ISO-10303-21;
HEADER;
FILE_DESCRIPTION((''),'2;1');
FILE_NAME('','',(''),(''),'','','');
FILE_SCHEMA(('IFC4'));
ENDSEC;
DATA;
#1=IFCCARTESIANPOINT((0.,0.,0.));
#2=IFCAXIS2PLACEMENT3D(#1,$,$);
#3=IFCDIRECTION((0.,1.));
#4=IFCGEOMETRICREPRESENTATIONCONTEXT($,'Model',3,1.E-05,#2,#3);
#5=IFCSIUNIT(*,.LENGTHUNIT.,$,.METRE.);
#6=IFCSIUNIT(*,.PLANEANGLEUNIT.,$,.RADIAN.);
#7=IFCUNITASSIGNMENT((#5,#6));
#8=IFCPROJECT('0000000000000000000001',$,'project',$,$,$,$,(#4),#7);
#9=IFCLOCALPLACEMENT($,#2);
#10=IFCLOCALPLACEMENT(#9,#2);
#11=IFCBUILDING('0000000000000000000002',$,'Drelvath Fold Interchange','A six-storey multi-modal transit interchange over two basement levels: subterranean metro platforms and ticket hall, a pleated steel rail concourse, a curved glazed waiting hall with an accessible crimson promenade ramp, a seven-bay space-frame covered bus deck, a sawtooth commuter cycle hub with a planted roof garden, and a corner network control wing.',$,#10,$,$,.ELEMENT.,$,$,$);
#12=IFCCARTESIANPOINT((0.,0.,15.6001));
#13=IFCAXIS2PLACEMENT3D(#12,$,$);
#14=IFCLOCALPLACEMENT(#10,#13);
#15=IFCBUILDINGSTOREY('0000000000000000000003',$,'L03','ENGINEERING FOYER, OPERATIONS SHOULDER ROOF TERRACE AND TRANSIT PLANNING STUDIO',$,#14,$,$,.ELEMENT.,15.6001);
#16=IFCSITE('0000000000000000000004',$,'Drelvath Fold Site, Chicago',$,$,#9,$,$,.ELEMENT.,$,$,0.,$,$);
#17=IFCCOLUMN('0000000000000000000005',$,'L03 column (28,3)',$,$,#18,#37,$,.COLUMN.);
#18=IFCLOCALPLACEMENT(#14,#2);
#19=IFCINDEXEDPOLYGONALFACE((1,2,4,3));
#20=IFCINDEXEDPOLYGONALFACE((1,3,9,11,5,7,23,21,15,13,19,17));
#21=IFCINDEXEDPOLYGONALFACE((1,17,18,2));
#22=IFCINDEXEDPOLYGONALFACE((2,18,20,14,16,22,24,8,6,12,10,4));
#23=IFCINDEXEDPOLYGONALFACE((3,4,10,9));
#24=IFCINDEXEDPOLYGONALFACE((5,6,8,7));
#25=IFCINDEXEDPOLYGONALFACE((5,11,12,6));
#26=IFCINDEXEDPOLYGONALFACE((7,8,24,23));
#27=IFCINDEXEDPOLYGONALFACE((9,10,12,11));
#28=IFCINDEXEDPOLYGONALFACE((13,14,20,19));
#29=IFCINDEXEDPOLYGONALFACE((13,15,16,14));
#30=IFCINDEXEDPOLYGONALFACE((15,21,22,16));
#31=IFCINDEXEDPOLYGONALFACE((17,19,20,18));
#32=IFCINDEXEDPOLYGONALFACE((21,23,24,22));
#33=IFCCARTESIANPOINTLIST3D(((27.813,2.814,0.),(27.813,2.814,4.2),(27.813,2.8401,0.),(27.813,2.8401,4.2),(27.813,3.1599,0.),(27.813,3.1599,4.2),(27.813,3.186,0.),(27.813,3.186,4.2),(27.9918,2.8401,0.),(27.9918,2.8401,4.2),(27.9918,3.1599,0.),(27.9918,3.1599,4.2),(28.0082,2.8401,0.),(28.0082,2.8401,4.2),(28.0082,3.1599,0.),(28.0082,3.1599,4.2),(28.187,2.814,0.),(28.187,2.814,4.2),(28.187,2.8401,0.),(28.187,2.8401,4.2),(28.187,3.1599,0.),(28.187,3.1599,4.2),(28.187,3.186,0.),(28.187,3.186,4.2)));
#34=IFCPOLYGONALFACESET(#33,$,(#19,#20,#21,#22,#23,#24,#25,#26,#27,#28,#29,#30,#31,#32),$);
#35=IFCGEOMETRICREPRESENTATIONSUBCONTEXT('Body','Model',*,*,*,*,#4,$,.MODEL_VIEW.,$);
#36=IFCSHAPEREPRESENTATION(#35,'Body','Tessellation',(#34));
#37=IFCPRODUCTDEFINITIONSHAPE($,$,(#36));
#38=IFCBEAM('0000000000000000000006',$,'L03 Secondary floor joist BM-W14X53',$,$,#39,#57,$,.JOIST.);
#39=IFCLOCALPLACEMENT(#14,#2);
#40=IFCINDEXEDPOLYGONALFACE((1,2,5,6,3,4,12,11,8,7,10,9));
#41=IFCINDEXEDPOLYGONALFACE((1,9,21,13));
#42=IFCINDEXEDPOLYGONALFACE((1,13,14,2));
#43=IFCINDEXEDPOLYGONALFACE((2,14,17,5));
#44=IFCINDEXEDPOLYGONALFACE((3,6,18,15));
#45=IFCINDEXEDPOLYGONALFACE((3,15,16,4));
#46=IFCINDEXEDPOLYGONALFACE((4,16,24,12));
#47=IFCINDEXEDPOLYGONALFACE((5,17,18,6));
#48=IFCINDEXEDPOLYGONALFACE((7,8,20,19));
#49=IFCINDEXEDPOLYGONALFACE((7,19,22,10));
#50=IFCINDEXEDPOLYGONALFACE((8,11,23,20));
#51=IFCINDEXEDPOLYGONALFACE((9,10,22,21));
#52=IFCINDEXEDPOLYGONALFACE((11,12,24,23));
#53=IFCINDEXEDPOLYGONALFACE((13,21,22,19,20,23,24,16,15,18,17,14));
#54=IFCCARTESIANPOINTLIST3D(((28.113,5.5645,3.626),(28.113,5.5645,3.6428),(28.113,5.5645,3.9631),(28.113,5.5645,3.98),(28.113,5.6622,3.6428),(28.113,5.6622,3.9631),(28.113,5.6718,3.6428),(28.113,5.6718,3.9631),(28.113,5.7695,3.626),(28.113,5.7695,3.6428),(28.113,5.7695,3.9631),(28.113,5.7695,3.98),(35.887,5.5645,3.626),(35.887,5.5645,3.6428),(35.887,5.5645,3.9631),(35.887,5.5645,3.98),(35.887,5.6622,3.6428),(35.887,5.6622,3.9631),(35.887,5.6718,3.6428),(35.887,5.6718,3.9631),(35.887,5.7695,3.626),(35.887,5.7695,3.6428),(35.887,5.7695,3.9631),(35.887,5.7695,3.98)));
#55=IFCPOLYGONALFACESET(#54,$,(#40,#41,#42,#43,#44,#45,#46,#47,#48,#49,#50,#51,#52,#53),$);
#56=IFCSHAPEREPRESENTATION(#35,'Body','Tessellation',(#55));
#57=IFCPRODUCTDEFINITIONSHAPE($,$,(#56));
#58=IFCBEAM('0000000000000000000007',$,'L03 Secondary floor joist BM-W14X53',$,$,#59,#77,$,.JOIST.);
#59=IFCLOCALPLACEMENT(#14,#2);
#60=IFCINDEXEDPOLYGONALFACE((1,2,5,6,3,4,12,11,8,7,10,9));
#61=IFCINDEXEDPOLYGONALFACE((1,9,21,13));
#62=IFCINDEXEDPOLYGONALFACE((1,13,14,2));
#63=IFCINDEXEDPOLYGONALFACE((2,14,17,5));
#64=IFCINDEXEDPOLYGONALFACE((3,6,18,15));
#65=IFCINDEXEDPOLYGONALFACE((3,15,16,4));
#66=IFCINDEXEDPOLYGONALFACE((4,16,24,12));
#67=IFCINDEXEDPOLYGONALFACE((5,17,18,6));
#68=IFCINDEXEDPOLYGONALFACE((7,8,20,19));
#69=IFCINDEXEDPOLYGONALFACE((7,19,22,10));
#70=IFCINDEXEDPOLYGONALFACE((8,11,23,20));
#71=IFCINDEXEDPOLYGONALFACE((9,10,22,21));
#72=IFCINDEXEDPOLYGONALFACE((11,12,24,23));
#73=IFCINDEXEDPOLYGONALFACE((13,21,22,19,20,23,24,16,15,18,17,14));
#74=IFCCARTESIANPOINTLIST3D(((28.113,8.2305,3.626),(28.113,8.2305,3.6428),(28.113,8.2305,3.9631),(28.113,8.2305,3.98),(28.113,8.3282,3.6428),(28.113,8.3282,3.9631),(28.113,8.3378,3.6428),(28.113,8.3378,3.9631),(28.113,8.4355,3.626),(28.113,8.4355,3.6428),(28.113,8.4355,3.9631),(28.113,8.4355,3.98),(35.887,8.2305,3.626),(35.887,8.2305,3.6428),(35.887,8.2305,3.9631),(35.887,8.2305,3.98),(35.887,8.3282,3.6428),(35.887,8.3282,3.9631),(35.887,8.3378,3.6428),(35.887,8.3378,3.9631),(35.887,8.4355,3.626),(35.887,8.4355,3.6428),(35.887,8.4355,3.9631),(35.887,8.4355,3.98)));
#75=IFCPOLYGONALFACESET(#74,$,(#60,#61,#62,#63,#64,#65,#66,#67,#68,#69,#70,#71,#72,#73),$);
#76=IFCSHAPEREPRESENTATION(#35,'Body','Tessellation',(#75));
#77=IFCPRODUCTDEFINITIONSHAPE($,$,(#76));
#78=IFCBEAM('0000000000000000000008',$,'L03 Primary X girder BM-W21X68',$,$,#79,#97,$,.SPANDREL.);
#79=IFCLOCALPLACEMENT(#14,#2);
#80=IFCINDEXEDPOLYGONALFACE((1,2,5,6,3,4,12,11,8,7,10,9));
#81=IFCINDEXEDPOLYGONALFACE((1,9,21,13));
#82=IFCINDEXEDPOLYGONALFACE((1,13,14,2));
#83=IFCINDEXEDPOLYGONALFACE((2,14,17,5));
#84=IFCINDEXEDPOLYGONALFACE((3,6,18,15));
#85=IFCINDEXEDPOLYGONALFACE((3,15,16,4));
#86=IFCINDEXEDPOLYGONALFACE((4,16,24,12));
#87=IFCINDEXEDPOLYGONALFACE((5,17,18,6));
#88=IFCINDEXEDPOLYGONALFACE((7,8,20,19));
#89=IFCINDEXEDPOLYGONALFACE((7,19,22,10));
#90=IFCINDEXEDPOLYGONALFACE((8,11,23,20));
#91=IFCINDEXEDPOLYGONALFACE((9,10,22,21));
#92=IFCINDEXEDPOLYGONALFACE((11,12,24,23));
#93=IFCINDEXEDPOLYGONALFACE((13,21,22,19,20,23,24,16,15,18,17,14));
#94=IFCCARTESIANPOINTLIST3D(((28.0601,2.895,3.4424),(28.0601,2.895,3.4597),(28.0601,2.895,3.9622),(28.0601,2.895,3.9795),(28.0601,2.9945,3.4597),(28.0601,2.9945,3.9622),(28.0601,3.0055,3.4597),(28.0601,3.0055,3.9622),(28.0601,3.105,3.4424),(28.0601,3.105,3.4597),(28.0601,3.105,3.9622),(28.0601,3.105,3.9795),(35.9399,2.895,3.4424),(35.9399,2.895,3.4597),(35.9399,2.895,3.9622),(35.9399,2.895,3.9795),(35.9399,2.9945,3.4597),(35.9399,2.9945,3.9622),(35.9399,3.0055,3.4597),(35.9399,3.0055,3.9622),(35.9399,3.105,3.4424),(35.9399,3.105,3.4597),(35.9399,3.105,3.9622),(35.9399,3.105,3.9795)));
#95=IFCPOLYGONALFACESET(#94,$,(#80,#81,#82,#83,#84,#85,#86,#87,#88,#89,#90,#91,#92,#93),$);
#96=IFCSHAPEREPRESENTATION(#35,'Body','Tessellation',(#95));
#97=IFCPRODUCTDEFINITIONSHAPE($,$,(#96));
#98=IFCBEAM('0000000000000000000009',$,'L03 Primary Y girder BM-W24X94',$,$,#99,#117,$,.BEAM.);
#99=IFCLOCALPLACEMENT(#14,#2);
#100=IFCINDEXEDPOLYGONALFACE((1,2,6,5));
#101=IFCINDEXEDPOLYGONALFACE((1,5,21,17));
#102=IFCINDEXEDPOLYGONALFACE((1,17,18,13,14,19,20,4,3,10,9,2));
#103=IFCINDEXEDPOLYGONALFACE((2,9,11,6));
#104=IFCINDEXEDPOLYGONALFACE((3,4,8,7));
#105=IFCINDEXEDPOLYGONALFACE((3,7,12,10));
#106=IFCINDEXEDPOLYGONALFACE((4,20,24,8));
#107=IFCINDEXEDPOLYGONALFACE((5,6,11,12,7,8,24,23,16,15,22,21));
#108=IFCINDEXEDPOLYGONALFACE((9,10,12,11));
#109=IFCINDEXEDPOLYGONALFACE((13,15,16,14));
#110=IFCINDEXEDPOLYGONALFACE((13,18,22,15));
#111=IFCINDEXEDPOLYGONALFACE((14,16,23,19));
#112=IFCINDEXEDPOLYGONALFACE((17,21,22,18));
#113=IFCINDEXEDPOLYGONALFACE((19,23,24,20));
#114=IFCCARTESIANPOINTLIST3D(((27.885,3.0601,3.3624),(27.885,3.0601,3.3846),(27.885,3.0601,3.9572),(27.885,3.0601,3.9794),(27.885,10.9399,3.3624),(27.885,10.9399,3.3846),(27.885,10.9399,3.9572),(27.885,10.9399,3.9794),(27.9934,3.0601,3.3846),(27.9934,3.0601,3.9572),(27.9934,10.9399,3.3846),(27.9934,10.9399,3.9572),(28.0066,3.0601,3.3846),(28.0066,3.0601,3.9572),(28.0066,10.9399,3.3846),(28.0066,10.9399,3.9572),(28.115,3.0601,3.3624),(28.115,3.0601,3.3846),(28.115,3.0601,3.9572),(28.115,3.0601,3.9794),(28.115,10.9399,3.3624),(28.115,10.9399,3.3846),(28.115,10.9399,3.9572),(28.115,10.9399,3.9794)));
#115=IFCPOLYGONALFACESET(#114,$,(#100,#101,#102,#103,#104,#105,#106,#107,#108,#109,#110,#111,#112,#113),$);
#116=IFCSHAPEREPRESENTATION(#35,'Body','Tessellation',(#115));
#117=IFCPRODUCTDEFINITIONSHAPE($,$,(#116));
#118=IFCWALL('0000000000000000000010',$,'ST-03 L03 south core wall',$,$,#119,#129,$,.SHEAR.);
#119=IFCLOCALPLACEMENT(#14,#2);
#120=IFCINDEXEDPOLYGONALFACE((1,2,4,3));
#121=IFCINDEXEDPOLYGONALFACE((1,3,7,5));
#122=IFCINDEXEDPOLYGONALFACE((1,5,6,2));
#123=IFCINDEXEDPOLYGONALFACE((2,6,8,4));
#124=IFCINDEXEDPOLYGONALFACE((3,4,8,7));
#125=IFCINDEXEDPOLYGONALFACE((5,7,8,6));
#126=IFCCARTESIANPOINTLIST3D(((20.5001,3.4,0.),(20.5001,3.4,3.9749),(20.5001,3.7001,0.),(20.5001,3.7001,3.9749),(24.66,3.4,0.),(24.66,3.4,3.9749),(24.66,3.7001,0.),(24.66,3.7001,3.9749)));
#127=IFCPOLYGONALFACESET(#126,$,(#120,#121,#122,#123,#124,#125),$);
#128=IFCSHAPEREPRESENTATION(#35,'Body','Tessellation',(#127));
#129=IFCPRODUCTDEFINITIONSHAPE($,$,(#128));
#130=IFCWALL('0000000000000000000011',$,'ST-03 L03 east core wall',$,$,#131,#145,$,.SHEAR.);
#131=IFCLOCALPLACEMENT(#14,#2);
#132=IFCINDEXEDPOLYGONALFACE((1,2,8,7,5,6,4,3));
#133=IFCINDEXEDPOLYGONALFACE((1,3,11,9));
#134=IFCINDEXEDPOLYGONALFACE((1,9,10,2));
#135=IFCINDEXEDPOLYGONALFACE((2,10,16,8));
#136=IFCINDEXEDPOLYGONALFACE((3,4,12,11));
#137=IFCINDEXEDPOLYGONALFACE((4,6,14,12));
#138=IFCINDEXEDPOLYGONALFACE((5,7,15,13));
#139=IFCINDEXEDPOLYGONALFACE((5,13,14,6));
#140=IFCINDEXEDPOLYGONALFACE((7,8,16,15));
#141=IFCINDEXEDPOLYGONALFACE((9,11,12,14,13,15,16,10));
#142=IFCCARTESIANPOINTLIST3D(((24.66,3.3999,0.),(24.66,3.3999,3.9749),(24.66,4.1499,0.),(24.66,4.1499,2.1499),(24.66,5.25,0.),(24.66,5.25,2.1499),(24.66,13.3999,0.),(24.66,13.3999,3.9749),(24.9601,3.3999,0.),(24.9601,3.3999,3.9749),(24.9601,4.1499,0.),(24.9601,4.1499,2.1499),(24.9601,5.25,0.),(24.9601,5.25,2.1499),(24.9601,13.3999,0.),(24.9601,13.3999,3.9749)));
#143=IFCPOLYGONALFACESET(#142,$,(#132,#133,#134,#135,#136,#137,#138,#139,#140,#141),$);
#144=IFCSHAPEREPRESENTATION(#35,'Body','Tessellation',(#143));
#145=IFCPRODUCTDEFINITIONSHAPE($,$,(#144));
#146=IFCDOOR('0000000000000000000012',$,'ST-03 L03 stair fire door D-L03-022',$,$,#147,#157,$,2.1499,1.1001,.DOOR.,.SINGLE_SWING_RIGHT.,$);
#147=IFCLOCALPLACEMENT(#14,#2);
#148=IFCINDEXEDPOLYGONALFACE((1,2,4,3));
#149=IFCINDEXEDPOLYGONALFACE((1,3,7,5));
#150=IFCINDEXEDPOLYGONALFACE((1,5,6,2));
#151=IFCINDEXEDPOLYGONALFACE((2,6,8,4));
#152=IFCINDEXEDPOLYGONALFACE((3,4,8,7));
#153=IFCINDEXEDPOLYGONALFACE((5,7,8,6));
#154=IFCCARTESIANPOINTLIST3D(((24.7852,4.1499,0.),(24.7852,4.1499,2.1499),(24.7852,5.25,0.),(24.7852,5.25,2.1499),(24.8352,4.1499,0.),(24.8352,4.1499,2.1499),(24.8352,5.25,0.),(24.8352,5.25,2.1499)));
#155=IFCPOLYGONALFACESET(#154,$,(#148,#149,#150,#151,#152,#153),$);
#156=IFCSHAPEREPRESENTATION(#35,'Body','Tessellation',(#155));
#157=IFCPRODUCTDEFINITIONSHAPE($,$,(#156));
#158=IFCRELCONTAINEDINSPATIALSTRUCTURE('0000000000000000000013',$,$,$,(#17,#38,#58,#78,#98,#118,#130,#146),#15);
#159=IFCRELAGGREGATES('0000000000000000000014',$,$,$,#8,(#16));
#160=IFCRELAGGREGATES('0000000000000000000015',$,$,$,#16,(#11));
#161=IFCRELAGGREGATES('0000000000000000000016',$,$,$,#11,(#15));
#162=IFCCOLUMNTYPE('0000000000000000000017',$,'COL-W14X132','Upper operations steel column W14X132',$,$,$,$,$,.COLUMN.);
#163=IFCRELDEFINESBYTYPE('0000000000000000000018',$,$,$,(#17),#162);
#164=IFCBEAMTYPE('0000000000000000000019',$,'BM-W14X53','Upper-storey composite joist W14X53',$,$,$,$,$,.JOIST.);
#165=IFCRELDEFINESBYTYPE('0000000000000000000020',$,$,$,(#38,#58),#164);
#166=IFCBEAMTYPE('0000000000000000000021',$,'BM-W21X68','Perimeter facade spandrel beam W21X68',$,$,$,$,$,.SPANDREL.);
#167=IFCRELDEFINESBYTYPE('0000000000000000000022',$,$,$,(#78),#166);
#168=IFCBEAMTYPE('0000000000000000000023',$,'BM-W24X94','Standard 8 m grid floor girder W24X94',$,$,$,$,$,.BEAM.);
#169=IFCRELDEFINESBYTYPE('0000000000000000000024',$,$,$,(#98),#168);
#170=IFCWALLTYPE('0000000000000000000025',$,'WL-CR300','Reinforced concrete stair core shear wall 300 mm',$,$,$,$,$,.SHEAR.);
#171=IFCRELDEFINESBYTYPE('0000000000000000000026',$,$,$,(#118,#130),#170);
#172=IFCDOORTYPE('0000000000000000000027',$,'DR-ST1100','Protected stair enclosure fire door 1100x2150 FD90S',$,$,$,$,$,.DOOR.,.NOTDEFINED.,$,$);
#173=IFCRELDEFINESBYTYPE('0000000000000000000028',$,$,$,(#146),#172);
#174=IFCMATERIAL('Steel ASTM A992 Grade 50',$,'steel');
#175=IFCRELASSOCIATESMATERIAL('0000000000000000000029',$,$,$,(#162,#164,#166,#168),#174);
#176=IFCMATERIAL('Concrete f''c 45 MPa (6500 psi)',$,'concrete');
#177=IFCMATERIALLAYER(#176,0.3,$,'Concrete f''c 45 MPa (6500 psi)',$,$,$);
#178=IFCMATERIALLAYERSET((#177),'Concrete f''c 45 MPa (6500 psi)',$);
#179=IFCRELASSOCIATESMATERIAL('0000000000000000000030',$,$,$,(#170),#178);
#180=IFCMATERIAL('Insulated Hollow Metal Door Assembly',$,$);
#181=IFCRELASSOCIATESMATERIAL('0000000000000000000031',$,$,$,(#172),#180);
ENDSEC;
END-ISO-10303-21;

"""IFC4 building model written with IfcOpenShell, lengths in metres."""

from ifc_helpers import new_model, si_unit, direction, frame, frame_2d, origin, origin_2d, place, context, subcontext, project, spatial, rectangle, i_section, extrude, material, layer, layer_set, material_profile, profile_set, type_object, element, fill, save


model = new_model("IFC4")

# Units and contexts
model_context = context("Model", 3, precision=1e-05, world=origin(), true_north=direction((0.0, 1.0)))
body_context = subcontext(model_context, "Body", "Model", "MODEL_VIEW")
ifc_project = project(units=[si_unit("LENGTHUNIT", "METRE"), si_unit("PLANEANGLEUNIT", "RADIAN")], contexts=[model_context])

# Site, building, storey
site_placement = place(None, origin())
site = spatial("IfcSite", under=ifc_project, at=site_placement, Name="Drelvath Fold Site, Chicago", CompositionType="ELEMENT", RefElevation=0.0)
building_placement = place(site_placement, origin())
building = spatial("IfcBuilding", under=site, at=building_placement, Name="Drelvath Fold Interchange", Description="A six-storey multi-modal transit interchange over two basement levels: subterranean metro platforms and ticket hall, a pleated steel rail concourse, a curved glazed waiting hall with an accessible crimson promenade ramp, a seven-bay space-frame covered bus deck, a sawtooth commuter cycle hub with a planted roof garden, and a corner network control wing.", CompositionType="ELEMENT")
storey_placement = place(building_placement, frame((0.0, 0.0, 15.6001)))
storey = spatial("IfcBuildingStorey", under=building, at=storey_placement, Name="L03", Description="ENGINEERING FOYER, OPERATIONS SHOULDER ROOF TERRACE AND TRANSIT PLANNING STUDIO", CompositionType="ELEMENT", Elevation=15.6001)

# Column
ifc_material_1 = material(Name="Steel ASTM A992 Grade 50", Category="steel")
ifc_material_profile_1 = material_profile(ifc_material_1, i_section(OverallWidth=0.374, OverallDepth=0.3721, WebThickness=0.0164, FlangeThickness=0.0261, at=origin_2d()), Name="W14X132")
ifc_profile_set_1 = profile_set([ifc_material_profile_1], Name="Steel ASTM A992 Grade 50")
column_type = type_object("IfcColumnType", Name="COL-W14X132", Description="Upper operations steel column W14X132", PredefinedType="COLUMN", material=ifc_profile_set_1)
column_placement = place(storey_placement, frame((28.0, 3.0, 0.0), z_axis=(0.0, 0.0, 1.0), x_axis=(1.0, 0.0, 0.0)))
element("IfcColumn", 1, at=column_placement, inside=storey, type_object=column_type, Name="L03 column (28,3)", PredefinedType="COLUMN", context=body_context, shape_type="SweptSolid", body=[
    extrude(i_section(OverallWidth=0.374, OverallDepth=0.3721, WebThickness=0.0164, FlangeThickness=0.0261, at=origin_2d()), origin(), (0.0, 0.0, 1.0), 4.2),
])

# Beams
ifc_material_profile_2 = material_profile(ifc_material_1, i_section(OverallWidth=0.2051, OverallDepth=0.354, WebThickness=0.0095, FlangeThickness=0.0168, at=origin_2d()), Name="W14X53")
ifc_profile_set_2 = profile_set([ifc_material_profile_2], Name="Steel ASTM A992 Grade 50")
beam_type_1 = type_object("IfcBeamType", Name="BM-W14X53", Description="Upper-storey composite joist W14X53", PredefinedType="JOIST", material=ifc_profile_set_2)
for number, where, z_axis, x_axis, name in (
    (2, (28.113, 5.667, 3.803), (1.0, 0.0, 0.0), (0.0, 1.0, 0.0), "L03 Secondary floor joist BM-W14X53"),
    (3, (28.113, 8.333, 3.803), (1.0, 0.0, 0.0), (0.0, 1.0, 0.0), "L03 Secondary floor joist BM-W14X53"),
):
    element("IfcBeam", number, at=place(storey_placement, frame(where, z_axis=z_axis, x_axis=x_axis)), inside=storey, type_object=beam_type_1, Name=name, PredefinedType="JOIST", context=body_context, shape_type="SweptSolid", body=[
        extrude(i_section(OverallWidth=0.2051, OverallDepth=0.354, WebThickness=0.0095, FlangeThickness=0.0168, at=origin_2d()), origin(), (0.0, 0.0, 1.0), 7.7739),
    ])
ifc_material_profile_3 = material_profile(ifc_material_1, i_section(OverallWidth=0.21, OverallDepth=0.5371, WebThickness=0.011, FlangeThickness=0.0173, at=origin_2d()), Name="W21X68")
ifc_profile_set_3 = profile_set([ifc_material_profile_3], Name="Steel ASTM A992 Grade 50")
beam_type_2 = type_object("IfcBeamType", Name="BM-W21X68", Description="Perimeter facade spandrel beam W21X68", PredefinedType="SPANDREL", material=ifc_profile_set_3)
beam_1_placement = place(storey_placement, frame((28.0601, 3.0, 3.7109), z_axis=(1.0, 0.0, 0.0), x_axis=(0.0, 1.0, 0.0)))
element("IfcBeam", 4, at=beam_1_placement, inside=storey, type_object=beam_type_2, Name="L03 Primary X girder BM-W21X68", PredefinedType="SPANDREL", context=body_context, shape_type="SweptSolid", body=[
    extrude(i_section(OverallWidth=0.21, OverallDepth=0.5371, WebThickness=0.011, FlangeThickness=0.0173, at=origin_2d()), origin(), (0.0, 0.0, 1.0), 7.8799),
])
ifc_material_profile_4 = material_profile(ifc_material_1, i_section(OverallWidth=0.23, OverallDepth=0.6169, WebThickness=0.0132, FlangeThickness=0.0222, at=origin_2d()), Name="W24X94")
ifc_profile_set_4 = profile_set([ifc_material_profile_4], Name="Steel ASTM A992 Grade 50")
beam_type_3 = type_object("IfcBeamType", Name="BM-W24X94", Description="Standard 8 m grid floor girder W24X94", PredefinedType="BEAM", material=ifc_profile_set_4)
beam_2_placement = place(storey_placement, frame((28.0, 3.0601, 3.6709), z_axis=(0.0, 1.0, 0.0), x_axis=(-1.0, 0.0, 0.0)))
element("IfcBeam", 5, at=beam_2_placement, inside=storey, type_object=beam_type_3, Name="L03 Primary Y girder BM-W24X94", PredefinedType="BEAM", context=body_context, shape_type="SweptSolid", body=[
    extrude(i_section(OverallWidth=0.23, OverallDepth=0.6169, WebThickness=0.0132, FlangeThickness=0.0222, at=origin_2d()), origin(), (0.0, 0.0, 1.0), 7.8799),
])

# Wall
ifc_material_2 = material(Name="Concrete f'c 45 MPa (6500 psi)", Category="concrete")
ifc_layer_1 = layer(ifc_material_2, 0.3, Name="Concrete f'c 45 MPa (6500 psi)")
ifc_layer_set_1 = layer_set([ifc_layer_1], Name="Concrete f'c 45 MPa (6500 psi)")
wall_type_1 = type_object("IfcWallType", Name="WL-CR300", Description="Reinforced concrete stair core shear wall 300 mm", PredefinedType="SHEAR", material=ifc_layer_set_1)
wall_1_placement = place(storey_placement, frame((20.5, 3.55, 0.0), z_axis=(0.0, 0.0, 1.0), x_axis=(1.0, 0.0, 0.0)))
element("IfcWall", 6, at=wall_1_placement, inside=storey, type_object=wall_type_1, Name="ST-03 L03 south core wall", PredefinedType="SHEAR", context=body_context, shape_type="SweptSolid", body=[
    extrude(rectangle(XDim=4.1599, YDim=0.3, at=frame_2d((2.0801, 0.0))), origin(), (0.0, 0.0, 1.0), 3.9749),
])

# Wall, opening, door
wall_2_placement = place(storey_placement, frame((24.8101, 3.3999, 0.0), z_axis=(0.0, 0.0, 1.0), x_axis=(0.0, 1.0, 0.0)))
wall_2 = element("IfcWall", 7, at=wall_2_placement, inside=storey, type_object=wall_type_1, Name="ST-03 L03 east core wall", PredefinedType="SHEAR", context=body_context, shape_type="SweptSolid", body=[
    extrude(rectangle(XDim=10.0, YDim=0.3, at=frame_2d((5.0, 0.0))), origin(), (0.0, 0.0, 1.0), 3.9749),
])
opening_1_placement = place(wall_2_placement, frame((0.75, 0.0, 0.0)))
opening_1 = element("IfcOpeningElement", 8, at=opening_1_placement, cuts=wall_2, PredefinedType="OPENING", context=body_context, shape_type="SweptSolid", body=[
    extrude(rectangle(XDim=1.1001, YDim=2.1499, at=frame_2d((0.55, 1.075))), frame((0.0, 0.1599, 0.0), z_axis=(0.0, -1.0, 0.0), x_axis=(1.0, 0.0, 0.0)), (0.0, 0.0, 1.0), 0.3201),
])
ifc_material_3 = material(Name="Insulated Hollow Metal Door Assembly")
door_type_1 = type_object("IfcDoorType", Name="DR-ST1100", Description="Protected stair enclosure fire door 1100x2150 FD90S", OperationType="NOTDEFINED", PredefinedType="DOOR", material=ifc_material_3)
door_1_placement = place(opening_1_placement, origin())
door_1 = element("IfcDoor", 9, at=door_1_placement, inside=storey, type_object=door_type_1, Name="ST-03 L03 stair fire door D-L03-022", OperationType="SINGLE_SWING_RIGHT", OverallHeight=2.1499, OverallWidth=1.1001, PredefinedType="DOOR", context=body_context, shape_type="SweptSolid", body=[
    extrude(rectangle(XDim=1.1001, YDim=2.1499, at=frame_2d((0.55, 1.075))), frame((0.0, 0.0249, 0.0), z_axis=(0.0, -1.0, 0.0), x_axis=(1.0, 0.0, 0.0)), (0.0, 0.0, 1.0), 0.05),
])
fill(opening_1, door_1)

save(model, "model.ifc")
